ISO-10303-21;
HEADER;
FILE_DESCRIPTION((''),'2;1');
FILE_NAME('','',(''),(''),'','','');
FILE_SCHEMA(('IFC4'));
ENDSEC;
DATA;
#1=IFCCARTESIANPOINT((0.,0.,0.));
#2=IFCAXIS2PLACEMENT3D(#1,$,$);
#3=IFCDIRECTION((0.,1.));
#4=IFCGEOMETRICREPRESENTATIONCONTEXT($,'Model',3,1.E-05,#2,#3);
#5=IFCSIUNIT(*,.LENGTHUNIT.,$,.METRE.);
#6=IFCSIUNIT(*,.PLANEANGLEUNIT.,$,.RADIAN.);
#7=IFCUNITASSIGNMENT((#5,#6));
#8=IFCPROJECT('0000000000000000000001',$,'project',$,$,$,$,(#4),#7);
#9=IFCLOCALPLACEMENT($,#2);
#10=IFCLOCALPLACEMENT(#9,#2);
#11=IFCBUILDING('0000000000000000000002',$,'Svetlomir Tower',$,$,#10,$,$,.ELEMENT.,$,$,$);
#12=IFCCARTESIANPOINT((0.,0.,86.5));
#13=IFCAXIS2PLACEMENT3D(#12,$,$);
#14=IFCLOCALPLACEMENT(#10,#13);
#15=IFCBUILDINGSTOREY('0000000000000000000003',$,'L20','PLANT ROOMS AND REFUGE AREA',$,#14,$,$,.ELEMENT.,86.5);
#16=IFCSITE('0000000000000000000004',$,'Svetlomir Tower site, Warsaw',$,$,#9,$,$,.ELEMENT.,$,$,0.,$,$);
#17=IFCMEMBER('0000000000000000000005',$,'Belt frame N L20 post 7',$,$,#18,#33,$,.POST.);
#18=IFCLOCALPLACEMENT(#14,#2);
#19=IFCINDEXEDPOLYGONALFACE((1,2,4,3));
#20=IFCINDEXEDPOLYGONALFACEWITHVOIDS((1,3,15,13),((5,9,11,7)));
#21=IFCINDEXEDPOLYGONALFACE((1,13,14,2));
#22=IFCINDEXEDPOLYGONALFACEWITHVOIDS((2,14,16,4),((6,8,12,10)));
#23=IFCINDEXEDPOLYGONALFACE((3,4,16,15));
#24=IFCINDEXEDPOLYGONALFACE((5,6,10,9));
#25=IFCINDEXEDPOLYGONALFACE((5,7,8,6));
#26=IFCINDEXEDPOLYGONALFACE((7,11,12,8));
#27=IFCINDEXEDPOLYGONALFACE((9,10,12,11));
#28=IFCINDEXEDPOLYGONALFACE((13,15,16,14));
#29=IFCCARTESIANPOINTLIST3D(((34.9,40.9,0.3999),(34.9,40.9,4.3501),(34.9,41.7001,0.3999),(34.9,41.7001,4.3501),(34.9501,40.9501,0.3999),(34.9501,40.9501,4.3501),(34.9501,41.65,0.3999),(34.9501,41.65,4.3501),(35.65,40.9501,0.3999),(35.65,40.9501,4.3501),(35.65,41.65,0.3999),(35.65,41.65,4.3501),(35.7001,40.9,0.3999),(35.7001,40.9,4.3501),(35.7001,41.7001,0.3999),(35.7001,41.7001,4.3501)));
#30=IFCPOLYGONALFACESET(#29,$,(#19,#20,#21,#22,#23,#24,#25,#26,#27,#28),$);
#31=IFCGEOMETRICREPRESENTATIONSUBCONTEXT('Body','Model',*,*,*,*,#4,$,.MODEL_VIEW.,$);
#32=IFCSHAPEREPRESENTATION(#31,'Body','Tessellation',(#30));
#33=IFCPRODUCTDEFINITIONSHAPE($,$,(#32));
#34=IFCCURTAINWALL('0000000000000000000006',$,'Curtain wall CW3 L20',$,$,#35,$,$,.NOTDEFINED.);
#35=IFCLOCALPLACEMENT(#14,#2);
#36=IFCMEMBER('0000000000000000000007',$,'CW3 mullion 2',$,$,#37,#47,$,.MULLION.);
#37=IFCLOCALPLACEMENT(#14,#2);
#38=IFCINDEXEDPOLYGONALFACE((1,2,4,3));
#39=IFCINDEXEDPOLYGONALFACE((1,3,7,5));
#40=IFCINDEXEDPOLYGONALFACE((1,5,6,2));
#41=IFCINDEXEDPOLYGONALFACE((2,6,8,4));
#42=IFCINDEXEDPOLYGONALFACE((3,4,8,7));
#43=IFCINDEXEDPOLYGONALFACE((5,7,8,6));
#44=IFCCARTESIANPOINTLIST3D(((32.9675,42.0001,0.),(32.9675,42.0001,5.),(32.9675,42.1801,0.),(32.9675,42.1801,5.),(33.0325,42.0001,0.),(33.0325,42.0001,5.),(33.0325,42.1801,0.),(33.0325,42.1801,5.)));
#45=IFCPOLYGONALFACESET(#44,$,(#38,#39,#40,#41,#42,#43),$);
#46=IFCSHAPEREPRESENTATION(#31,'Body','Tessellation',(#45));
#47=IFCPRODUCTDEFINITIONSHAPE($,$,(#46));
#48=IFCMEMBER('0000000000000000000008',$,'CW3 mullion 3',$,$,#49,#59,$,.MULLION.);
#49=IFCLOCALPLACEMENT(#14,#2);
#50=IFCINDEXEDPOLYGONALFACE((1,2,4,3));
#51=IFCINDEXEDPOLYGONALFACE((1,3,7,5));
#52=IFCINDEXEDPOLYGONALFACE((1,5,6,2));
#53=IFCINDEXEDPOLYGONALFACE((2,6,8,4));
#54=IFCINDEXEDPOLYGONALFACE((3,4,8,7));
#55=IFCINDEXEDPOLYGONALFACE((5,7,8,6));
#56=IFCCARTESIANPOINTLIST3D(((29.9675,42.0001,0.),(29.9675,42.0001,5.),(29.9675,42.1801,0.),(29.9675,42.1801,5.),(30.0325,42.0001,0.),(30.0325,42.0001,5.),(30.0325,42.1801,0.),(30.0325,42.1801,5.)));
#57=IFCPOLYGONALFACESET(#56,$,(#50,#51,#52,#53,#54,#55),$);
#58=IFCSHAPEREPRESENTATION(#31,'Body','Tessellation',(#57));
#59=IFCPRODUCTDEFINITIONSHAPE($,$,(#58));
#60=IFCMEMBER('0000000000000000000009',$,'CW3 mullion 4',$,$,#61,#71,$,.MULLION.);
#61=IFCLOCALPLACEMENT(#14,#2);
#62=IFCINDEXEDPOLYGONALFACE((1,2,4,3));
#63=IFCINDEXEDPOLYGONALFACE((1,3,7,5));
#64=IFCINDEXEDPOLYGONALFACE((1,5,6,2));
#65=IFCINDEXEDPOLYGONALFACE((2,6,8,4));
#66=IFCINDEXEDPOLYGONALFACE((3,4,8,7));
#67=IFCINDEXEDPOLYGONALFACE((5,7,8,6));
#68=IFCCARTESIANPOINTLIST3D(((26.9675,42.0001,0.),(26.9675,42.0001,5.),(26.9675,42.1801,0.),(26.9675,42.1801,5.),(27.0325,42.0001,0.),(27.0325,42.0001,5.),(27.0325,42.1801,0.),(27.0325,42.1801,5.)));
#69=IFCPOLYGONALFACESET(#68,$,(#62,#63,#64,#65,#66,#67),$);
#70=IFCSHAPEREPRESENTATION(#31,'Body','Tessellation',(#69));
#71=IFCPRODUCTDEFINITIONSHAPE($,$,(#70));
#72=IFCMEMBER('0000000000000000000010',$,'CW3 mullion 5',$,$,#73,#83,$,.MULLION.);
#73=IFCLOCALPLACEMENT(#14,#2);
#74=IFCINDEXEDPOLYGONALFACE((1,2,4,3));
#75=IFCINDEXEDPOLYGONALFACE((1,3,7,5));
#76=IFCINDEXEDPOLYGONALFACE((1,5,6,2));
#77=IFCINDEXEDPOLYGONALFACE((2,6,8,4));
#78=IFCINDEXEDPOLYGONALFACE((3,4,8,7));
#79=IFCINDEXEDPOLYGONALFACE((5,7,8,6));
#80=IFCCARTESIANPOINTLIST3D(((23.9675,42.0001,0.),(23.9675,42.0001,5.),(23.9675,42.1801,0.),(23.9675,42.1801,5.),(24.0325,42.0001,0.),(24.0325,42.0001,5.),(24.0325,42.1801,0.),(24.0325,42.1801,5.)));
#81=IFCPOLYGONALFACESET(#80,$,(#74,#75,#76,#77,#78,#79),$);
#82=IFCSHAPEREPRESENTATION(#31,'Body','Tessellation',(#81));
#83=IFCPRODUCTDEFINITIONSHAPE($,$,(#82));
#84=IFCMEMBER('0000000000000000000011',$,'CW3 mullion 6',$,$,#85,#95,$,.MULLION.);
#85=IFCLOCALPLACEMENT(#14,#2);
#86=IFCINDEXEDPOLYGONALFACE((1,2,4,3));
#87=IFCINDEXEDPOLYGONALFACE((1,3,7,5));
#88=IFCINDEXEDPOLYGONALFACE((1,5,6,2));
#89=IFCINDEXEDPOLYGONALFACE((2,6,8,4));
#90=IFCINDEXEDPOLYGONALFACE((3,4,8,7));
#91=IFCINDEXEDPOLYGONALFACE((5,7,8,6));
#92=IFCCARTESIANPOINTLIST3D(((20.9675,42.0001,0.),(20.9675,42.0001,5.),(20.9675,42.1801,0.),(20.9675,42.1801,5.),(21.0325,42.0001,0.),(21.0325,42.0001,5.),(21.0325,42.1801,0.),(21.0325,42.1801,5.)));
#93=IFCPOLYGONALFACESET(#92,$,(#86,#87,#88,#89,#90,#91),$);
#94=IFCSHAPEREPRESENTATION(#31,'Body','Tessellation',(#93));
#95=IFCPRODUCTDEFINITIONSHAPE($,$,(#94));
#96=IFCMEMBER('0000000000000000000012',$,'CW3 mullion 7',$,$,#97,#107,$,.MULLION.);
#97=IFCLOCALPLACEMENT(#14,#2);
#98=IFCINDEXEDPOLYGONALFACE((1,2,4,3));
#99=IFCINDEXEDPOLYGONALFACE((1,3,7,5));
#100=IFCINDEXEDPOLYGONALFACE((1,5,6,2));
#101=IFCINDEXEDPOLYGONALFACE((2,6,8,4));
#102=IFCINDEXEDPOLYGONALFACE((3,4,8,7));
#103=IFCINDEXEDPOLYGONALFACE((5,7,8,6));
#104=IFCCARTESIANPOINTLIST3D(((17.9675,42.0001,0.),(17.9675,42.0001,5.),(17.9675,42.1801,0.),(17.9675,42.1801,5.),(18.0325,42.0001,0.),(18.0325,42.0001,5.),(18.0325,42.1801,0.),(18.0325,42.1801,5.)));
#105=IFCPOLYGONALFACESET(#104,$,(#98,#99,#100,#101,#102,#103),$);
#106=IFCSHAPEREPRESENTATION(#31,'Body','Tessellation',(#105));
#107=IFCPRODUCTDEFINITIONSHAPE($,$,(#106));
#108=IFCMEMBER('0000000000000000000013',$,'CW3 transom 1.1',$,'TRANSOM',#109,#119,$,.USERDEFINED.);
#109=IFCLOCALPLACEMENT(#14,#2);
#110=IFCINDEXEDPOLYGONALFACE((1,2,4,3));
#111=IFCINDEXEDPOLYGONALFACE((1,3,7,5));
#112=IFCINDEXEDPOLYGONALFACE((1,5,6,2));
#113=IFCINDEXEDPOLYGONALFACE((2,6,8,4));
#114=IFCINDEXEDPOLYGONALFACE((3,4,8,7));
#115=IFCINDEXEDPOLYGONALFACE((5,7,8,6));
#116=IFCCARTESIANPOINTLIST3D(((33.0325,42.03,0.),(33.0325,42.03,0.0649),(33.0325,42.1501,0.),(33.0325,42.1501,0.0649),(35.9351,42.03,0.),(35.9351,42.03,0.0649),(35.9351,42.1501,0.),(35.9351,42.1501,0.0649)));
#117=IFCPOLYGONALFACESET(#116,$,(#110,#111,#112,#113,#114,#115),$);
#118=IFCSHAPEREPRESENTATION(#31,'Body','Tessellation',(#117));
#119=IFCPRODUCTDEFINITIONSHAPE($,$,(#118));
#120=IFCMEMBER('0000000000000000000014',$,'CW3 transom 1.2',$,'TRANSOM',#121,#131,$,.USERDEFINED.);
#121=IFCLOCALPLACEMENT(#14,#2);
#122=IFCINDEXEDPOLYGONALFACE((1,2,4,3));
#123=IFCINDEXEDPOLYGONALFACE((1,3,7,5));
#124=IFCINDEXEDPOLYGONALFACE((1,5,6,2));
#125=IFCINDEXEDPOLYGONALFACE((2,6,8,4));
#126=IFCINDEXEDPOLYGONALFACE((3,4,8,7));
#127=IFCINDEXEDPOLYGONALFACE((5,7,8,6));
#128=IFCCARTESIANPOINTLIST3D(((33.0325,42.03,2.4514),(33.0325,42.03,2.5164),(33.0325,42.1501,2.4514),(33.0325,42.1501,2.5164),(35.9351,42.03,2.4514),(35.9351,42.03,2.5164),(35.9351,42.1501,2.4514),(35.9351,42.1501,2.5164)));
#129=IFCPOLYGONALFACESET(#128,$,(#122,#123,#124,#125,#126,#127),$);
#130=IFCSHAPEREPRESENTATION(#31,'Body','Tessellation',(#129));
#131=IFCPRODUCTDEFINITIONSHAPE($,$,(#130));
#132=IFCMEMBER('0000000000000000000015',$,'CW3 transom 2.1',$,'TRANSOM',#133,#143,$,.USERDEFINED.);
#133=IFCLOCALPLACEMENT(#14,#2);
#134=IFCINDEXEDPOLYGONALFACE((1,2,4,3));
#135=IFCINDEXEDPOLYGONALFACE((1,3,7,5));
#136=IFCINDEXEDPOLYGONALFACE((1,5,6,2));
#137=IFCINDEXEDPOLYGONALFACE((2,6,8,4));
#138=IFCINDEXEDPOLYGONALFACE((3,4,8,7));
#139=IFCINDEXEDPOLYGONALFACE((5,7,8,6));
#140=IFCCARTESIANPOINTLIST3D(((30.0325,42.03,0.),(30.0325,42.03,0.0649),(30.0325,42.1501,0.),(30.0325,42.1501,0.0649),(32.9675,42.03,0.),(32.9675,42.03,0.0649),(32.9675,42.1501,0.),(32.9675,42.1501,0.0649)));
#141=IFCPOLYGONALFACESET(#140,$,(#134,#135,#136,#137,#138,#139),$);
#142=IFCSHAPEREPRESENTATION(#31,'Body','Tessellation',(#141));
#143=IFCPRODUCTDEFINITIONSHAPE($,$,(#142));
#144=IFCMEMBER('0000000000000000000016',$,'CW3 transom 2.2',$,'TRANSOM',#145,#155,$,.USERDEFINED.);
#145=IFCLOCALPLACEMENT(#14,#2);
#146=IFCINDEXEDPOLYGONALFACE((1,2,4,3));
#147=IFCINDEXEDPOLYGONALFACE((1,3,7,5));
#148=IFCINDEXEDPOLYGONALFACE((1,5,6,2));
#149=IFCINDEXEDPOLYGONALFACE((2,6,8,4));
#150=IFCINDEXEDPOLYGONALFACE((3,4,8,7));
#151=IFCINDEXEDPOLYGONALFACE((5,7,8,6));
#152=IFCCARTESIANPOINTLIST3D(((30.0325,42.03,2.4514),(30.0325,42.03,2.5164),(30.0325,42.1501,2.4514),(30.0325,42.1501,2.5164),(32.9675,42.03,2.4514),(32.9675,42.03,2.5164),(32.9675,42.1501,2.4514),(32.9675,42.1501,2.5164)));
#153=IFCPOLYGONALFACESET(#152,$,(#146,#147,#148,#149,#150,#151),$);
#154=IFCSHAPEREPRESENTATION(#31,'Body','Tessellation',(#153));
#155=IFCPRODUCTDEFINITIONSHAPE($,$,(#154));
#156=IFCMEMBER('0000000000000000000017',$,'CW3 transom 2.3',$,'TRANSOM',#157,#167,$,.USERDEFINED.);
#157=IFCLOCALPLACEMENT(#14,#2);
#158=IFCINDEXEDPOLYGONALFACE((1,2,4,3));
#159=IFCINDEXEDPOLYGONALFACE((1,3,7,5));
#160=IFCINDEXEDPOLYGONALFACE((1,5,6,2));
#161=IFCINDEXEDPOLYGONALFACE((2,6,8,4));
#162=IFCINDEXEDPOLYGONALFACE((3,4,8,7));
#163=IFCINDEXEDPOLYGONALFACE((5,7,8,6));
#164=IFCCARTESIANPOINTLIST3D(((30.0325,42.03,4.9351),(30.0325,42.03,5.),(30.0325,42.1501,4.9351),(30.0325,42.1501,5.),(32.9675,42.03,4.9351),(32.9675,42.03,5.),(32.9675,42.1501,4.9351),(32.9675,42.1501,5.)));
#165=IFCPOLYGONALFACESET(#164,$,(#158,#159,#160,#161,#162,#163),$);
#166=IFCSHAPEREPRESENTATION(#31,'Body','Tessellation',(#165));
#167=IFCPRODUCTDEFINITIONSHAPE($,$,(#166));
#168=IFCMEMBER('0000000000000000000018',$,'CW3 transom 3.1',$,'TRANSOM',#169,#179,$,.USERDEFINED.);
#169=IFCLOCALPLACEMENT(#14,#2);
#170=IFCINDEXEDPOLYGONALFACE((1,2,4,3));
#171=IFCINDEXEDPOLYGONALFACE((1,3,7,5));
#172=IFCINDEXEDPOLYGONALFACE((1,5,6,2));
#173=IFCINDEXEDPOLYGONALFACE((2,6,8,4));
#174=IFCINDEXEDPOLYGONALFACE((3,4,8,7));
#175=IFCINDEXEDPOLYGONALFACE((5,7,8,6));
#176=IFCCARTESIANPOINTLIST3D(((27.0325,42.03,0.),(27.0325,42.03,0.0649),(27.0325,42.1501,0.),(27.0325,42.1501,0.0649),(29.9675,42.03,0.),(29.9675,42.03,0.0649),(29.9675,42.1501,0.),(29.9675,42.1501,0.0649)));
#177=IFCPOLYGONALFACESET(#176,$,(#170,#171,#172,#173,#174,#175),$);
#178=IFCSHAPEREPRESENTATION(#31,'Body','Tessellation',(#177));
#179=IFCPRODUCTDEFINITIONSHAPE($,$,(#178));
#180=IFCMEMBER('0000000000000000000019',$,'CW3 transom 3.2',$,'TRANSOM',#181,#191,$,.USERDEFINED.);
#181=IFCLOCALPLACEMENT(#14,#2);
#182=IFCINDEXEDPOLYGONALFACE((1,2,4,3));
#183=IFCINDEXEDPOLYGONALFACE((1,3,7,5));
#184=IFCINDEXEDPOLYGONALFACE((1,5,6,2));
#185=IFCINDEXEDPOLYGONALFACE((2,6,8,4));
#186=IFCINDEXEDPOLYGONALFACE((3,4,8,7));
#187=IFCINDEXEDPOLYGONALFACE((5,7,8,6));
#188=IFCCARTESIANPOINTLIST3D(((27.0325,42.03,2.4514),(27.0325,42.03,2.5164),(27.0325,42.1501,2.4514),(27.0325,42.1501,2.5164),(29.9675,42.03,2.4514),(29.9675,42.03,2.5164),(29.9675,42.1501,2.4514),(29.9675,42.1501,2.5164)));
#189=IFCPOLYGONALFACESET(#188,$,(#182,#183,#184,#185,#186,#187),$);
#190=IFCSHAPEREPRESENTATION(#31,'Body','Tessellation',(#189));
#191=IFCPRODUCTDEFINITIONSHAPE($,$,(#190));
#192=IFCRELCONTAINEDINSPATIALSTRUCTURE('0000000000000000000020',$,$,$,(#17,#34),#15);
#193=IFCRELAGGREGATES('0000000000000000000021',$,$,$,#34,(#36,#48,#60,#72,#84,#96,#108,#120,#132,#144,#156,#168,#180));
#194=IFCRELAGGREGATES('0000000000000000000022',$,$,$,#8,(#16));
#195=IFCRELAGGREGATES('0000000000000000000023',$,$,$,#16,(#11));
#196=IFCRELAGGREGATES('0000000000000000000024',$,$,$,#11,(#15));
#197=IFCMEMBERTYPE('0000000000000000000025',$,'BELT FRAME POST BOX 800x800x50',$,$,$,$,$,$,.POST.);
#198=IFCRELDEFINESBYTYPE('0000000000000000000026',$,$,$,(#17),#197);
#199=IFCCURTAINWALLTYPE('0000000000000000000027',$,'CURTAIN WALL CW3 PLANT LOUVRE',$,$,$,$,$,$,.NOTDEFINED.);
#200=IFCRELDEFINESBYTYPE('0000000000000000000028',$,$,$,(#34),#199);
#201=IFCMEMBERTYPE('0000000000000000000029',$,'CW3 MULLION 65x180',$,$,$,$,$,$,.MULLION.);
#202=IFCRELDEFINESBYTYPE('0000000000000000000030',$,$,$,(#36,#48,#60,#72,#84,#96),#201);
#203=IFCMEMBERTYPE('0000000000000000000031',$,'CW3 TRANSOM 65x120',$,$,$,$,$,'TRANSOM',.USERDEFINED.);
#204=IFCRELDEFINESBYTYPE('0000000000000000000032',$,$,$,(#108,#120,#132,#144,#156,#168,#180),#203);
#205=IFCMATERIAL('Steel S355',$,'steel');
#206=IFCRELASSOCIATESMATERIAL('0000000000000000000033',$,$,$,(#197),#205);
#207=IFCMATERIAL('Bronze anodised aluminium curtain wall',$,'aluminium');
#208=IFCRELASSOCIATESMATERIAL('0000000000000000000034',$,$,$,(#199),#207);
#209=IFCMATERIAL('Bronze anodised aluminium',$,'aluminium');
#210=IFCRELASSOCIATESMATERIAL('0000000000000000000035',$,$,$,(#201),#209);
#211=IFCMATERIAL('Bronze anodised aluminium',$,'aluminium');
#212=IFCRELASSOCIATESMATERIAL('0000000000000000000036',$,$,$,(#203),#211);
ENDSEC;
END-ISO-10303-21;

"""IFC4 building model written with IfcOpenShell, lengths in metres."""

from ifc_helpers import new_model, si_unit, direction, frame, origin, origin_2d, place, context, subcontext, project, spatial, rectangle, hollow_rectangle, extrude, material, material_profile, profile_set, type_object, element, aggregate, save


model = new_model("IFC4")

# Units and contexts
model_context = context("Model", 3, precision=1e-05, world=origin(), true_north=direction((0.0, 1.0)))
body_context = subcontext(model_context, "Body", "Model", "MODEL_VIEW")
ifc_project = project(units=[si_unit("LENGTHUNIT", "METRE"), si_unit("PLANEANGLEUNIT", "RADIAN")], contexts=[model_context])

# Site, building, storey
site_placement = place(None, origin())
site = spatial("IfcSite", under=ifc_project, at=site_placement, Name="Svetlomir Tower site, Warsaw", CompositionType="ELEMENT", RefElevation=0.0)
building_placement = place(site_placement, origin())
building = spatial("IfcBuilding", under=site, at=building_placement, Name="Svetlomir Tower", CompositionType="ELEMENT")
storey_placement = place(building_placement, frame((0.0, 0.0, 86.5)))
storey = spatial("IfcBuildingStorey", under=building, at=storey_placement, Name="L20", Description="PLANT ROOMS AND REFUGE AREA", CompositionType="ELEMENT", Elevation=86.5)

# Member
ifc_material_1 = material(Name="Steel S355", Category="steel")
ifc_material_profile_1 = material_profile(ifc_material_1, hollow_rectangle(XDim=0.8, YDim=0.8, WallThickness=0.05, at=origin_2d()), Name="BOX 800x800x50")
ifc_profile_set_1 = profile_set([ifc_material_profile_1], Name="Steel S355")
member_type_1 = type_object("IfcMemberType", Name="BELT FRAME POST BOX 800x800x50", PredefinedType="POST", material=ifc_profile_set_1)
member_1_placement = place(storey_placement, frame((35.3, 41.3, 0.3999), z_axis=(0.0, 0.0, 1.0), x_axis=(1.0, 0.0, 0.0)))
element("IfcMember", 1, at=member_1_placement, inside=storey, type_object=member_type_1, Name="Belt frame N L20 post 7", PredefinedType="POST", context=body_context, shape_type="SweptSolid", body=[
    extrude(hollow_rectangle(XDim=0.8, YDim=0.8, WallThickness=0.05, at=origin_2d()), origin(), (0.0, 0.0, 1.0), 3.9502),
])

# Curtain wall, members
ifc_material_2 = material(Name="Bronze anodised aluminium curtain wall", Category="aluminium")
curtain_wall_type = type_object("IfcCurtainWallType", Name="CURTAIN WALL CW3 PLANT LOUVRE", PredefinedType="NOTDEFINED", material=ifc_material_2)
curtain_wall_placement = place(storey_placement, origin())
curtain_wall = element("IfcCurtainWall", 2, at=curtain_wall_placement, inside=storey, type_object=curtain_wall_type, Name="Curtain wall CW3 L20", PredefinedType="NOTDEFINED")
ifc_material_3 = material(Name="Bronze anodised aluminium", Category="aluminium")
ifc_material_profile_2 = material_profile(ifc_material_3, rectangle(XDim=0.0649, YDim=0.1799, at=origin_2d()), Name="AL 65x180")
ifc_profile_set_2 = profile_set([ifc_material_profile_2], Name="Bronze anodised aluminium 6063-T6")
member_type_2 = type_object("IfcMemberType", Name="CW3 MULLION 65x180", PredefinedType="MULLION", material=ifc_profile_set_2)
member_2_placement = place(storey_placement, frame((33.0, 42.0901, 0.0), z_axis=(0.0, 0.0, 1.0), x_axis=(-1.0, 0.0, 0.0)))
member_2 = element("IfcMember", 3, at=member_2_placement, type_object=member_type_2, Name="CW3 mullion 2", PredefinedType="MULLION", context=body_context, shape_type="SweptSolid", body=[
    extrude(rectangle(XDim=0.0649, YDim=0.1799, at=origin_2d()), origin(), (0.0, 0.0, 1.0), 5.0),
])
member_3_placement = place(storey_placement, frame((30.0, 42.0901, 0.0), z_axis=(0.0, 0.0, 1.0), x_axis=(-1.0, 0.0, 0.0)))
member_3 = element("IfcMember", 4, at=member_3_placement, type_object=member_type_2, Name="CW3 mullion 3", PredefinedType="MULLION", context=body_context, shape_type="SweptSolid", body=[
    extrude(rectangle(XDim=0.0649, YDim=0.1799, at=origin_2d()), origin(), (0.0, 0.0, 1.0), 5.0),
])
member_4_placement = place(storey_placement, frame((27.0, 42.0901, 0.0), z_axis=(0.0, 0.0, 1.0), x_axis=(-1.0, 0.0, 0.0)))
member_4 = element("IfcMember", 5, at=member_4_placement, type_object=member_type_2, Name="CW3 mullion 4", PredefinedType="MULLION", context=body_context, shape_type="SweptSolid", body=[
    extrude(rectangle(XDim=0.0649, YDim=0.1799, at=origin_2d()), origin(), (0.0, 0.0, 1.0), 5.0),
])
member_5_placement = place(storey_placement, frame((24.0, 42.0901, 0.0), z_axis=(0.0, 0.0, 1.0), x_axis=(-1.0, 0.0, 0.0)))
member_5 = element("IfcMember", 6, at=member_5_placement, type_object=member_type_2, Name="CW3 mullion 5", PredefinedType="MULLION", context=body_context, shape_type="SweptSolid", body=[
    extrude(rectangle(XDim=0.0649, YDim=0.1799, at=origin_2d()), origin(), (0.0, 0.0, 1.0), 5.0),
])
member_6_placement = place(storey_placement, frame((21.0, 42.0901, 0.0), z_axis=(0.0, 0.0, 1.0), x_axis=(-1.0, 0.0, 0.0)))
member_6 = element("IfcMember", 7, at=member_6_placement, type_object=member_type_2, Name="CW3 mullion 6", PredefinedType="MULLION", context=body_context, shape_type="SweptSolid", body=[
    extrude(rectangle(XDim=0.0649, YDim=0.1799, at=origin_2d()), origin(), (0.0, 0.0, 1.0), 5.0),
])
member_7_placement = place(storey_placement, frame((18.0, 42.0901, 0.0), z_axis=(0.0, 0.0, 1.0), x_axis=(-1.0, 0.0, 0.0)))
member_7 = element("IfcMember", 8, at=member_7_placement, type_object=member_type_2, Name="CW3 mullion 7", PredefinedType="MULLION", context=body_context, shape_type="SweptSolid", body=[
    extrude(rectangle(XDim=0.0649, YDim=0.1799, at=origin_2d()), origin(), (0.0, 0.0, 1.0), 5.0),
])
ifc_material_4 = material(Name="Bronze anodised aluminium", Category="aluminium")
ifc_material_profile_3 = material_profile(ifc_material_4, rectangle(XDim=0.1201, YDim=0.0649, at=origin_2d()), Name="AL 120x65")
ifc_profile_set_3 = profile_set([ifc_material_profile_3], Name="Bronze anodised aluminium 6063-T6")
member_type_3 = type_object("IfcMemberType", Name="CW3 TRANSOM 65x120", ElementType="TRANSOM", PredefinedType="USERDEFINED", material=ifc_profile_set_3)
member_8_placement = place(storey_placement, frame((35.9351, 42.0901, 0.0325), z_axis=(-1.0, 0.0, 0.0), x_axis=(0.0, -1.0, 0.0)))
member_8 = element("IfcMember", 9, at=member_8_placement, type_object=member_type_3, Name="CW3 transom 1.1", ObjectType="TRANSOM", PredefinedType="USERDEFINED", context=body_context, shape_type="SweptSolid", body=[
    extrude(rectangle(XDim=0.1201, YDim=0.0649, at=origin_2d()), origin(), (0.0, 0.0, 1.0), 2.9026),
])
member_9_placement = place(storey_placement, frame((35.9351, 42.0901, 2.4839), z_axis=(-1.0, 0.0, 0.0), x_axis=(0.0, -1.0, 0.0)))
member_9 = element("IfcMember", 10, at=member_9_placement, type_object=member_type_3, Name="CW3 transom 1.2", ObjectType="TRANSOM", PredefinedType="USERDEFINED", context=body_context, shape_type="SweptSolid", body=[
    extrude(rectangle(XDim=0.1201, YDim=0.0649, at=origin_2d()), origin(), (0.0, 0.0, 1.0), 2.9026),
])
member_10_placement = place(storey_placement, frame((32.9675, 42.0901, 0.0325), z_axis=(-1.0, 0.0, 0.0), x_axis=(0.0, -1.0, 0.0)))
member_10 = element("IfcMember", 11, at=member_10_placement, type_object=member_type_3, Name="CW3 transom 2.1", ObjectType="TRANSOM", PredefinedType="USERDEFINED", context=body_context, shape_type="SweptSolid", body=[
    extrude(rectangle(XDim=0.1201, YDim=0.0649, at=origin_2d()), origin(), (0.0, 0.0, 1.0), 2.9351),
])
member_11_placement = place(storey_placement, frame((32.9675, 42.0901, 2.4839), z_axis=(-1.0, 0.0, 0.0), x_axis=(0.0, -1.0, 0.0)))
member_11 = element("IfcMember", 12, at=member_11_placement, type_object=member_type_3, Name="CW3 transom 2.2", ObjectType="TRANSOM", PredefinedType="USERDEFINED", context=body_context, shape_type="SweptSolid", body=[
    extrude(rectangle(XDim=0.1201, YDim=0.0649, at=origin_2d()), origin(), (0.0, 0.0, 1.0), 2.9351),
])
member_12_placement = place(storey_placement, frame((32.9675, 42.0901, 4.9675), z_axis=(-1.0, 0.0, 0.0), x_axis=(0.0, -1.0, 0.0)))
member_12 = element("IfcMember", 13, at=member_12_placement, type_object=member_type_3, Name="CW3 transom 2.3", ObjectType="TRANSOM", PredefinedType="USERDEFINED", context=body_context, shape_type="SweptSolid", body=[
    extrude(rectangle(XDim=0.1201, YDim=0.0649, at=origin_2d()), origin(), (0.0, 0.0, 1.0), 2.9351),
])
member_13_placement = place(storey_placement, frame((29.9675, 42.0901, 0.0325), z_axis=(-1.0, 0.0, 0.0), x_axis=(0.0, -1.0, 0.0)))
member_13 = element("IfcMember", 14, at=member_13_placement, type_object=member_type_3, Name="CW3 transom 3.1", ObjectType="TRANSOM", PredefinedType="USERDEFINED", context=body_context, shape_type="SweptSolid", body=[
    extrude(rectangle(XDim=0.1201, YDim=0.0649, at=origin_2d()), origin(), (0.0, 0.0, 1.0), 2.9351),
])
member_14_placement = place(storey_placement, frame((29.9675, 42.0901, 2.4839), z_axis=(-1.0, 0.0, 0.0), x_axis=(0.0, -1.0, 0.0)))
member_14 = element("IfcMember", 15, at=member_14_placement, type_object=member_type_3, Name="CW3 transom 3.2", ObjectType="TRANSOM", PredefinedType="USERDEFINED", context=body_context, shape_type="SweptSolid", body=[
    extrude(rectangle(XDim=0.1201, YDim=0.0649, at=origin_2d()), origin(), (0.0, 0.0, 1.0), 2.9351),
])
aggregate(curtain_wall, [member_2, member_3, member_4, member_5, member_6, member_7, member_8, member_9, member_10, member_11, member_12, member_13, member_14])

save(model, "model.ifc")
